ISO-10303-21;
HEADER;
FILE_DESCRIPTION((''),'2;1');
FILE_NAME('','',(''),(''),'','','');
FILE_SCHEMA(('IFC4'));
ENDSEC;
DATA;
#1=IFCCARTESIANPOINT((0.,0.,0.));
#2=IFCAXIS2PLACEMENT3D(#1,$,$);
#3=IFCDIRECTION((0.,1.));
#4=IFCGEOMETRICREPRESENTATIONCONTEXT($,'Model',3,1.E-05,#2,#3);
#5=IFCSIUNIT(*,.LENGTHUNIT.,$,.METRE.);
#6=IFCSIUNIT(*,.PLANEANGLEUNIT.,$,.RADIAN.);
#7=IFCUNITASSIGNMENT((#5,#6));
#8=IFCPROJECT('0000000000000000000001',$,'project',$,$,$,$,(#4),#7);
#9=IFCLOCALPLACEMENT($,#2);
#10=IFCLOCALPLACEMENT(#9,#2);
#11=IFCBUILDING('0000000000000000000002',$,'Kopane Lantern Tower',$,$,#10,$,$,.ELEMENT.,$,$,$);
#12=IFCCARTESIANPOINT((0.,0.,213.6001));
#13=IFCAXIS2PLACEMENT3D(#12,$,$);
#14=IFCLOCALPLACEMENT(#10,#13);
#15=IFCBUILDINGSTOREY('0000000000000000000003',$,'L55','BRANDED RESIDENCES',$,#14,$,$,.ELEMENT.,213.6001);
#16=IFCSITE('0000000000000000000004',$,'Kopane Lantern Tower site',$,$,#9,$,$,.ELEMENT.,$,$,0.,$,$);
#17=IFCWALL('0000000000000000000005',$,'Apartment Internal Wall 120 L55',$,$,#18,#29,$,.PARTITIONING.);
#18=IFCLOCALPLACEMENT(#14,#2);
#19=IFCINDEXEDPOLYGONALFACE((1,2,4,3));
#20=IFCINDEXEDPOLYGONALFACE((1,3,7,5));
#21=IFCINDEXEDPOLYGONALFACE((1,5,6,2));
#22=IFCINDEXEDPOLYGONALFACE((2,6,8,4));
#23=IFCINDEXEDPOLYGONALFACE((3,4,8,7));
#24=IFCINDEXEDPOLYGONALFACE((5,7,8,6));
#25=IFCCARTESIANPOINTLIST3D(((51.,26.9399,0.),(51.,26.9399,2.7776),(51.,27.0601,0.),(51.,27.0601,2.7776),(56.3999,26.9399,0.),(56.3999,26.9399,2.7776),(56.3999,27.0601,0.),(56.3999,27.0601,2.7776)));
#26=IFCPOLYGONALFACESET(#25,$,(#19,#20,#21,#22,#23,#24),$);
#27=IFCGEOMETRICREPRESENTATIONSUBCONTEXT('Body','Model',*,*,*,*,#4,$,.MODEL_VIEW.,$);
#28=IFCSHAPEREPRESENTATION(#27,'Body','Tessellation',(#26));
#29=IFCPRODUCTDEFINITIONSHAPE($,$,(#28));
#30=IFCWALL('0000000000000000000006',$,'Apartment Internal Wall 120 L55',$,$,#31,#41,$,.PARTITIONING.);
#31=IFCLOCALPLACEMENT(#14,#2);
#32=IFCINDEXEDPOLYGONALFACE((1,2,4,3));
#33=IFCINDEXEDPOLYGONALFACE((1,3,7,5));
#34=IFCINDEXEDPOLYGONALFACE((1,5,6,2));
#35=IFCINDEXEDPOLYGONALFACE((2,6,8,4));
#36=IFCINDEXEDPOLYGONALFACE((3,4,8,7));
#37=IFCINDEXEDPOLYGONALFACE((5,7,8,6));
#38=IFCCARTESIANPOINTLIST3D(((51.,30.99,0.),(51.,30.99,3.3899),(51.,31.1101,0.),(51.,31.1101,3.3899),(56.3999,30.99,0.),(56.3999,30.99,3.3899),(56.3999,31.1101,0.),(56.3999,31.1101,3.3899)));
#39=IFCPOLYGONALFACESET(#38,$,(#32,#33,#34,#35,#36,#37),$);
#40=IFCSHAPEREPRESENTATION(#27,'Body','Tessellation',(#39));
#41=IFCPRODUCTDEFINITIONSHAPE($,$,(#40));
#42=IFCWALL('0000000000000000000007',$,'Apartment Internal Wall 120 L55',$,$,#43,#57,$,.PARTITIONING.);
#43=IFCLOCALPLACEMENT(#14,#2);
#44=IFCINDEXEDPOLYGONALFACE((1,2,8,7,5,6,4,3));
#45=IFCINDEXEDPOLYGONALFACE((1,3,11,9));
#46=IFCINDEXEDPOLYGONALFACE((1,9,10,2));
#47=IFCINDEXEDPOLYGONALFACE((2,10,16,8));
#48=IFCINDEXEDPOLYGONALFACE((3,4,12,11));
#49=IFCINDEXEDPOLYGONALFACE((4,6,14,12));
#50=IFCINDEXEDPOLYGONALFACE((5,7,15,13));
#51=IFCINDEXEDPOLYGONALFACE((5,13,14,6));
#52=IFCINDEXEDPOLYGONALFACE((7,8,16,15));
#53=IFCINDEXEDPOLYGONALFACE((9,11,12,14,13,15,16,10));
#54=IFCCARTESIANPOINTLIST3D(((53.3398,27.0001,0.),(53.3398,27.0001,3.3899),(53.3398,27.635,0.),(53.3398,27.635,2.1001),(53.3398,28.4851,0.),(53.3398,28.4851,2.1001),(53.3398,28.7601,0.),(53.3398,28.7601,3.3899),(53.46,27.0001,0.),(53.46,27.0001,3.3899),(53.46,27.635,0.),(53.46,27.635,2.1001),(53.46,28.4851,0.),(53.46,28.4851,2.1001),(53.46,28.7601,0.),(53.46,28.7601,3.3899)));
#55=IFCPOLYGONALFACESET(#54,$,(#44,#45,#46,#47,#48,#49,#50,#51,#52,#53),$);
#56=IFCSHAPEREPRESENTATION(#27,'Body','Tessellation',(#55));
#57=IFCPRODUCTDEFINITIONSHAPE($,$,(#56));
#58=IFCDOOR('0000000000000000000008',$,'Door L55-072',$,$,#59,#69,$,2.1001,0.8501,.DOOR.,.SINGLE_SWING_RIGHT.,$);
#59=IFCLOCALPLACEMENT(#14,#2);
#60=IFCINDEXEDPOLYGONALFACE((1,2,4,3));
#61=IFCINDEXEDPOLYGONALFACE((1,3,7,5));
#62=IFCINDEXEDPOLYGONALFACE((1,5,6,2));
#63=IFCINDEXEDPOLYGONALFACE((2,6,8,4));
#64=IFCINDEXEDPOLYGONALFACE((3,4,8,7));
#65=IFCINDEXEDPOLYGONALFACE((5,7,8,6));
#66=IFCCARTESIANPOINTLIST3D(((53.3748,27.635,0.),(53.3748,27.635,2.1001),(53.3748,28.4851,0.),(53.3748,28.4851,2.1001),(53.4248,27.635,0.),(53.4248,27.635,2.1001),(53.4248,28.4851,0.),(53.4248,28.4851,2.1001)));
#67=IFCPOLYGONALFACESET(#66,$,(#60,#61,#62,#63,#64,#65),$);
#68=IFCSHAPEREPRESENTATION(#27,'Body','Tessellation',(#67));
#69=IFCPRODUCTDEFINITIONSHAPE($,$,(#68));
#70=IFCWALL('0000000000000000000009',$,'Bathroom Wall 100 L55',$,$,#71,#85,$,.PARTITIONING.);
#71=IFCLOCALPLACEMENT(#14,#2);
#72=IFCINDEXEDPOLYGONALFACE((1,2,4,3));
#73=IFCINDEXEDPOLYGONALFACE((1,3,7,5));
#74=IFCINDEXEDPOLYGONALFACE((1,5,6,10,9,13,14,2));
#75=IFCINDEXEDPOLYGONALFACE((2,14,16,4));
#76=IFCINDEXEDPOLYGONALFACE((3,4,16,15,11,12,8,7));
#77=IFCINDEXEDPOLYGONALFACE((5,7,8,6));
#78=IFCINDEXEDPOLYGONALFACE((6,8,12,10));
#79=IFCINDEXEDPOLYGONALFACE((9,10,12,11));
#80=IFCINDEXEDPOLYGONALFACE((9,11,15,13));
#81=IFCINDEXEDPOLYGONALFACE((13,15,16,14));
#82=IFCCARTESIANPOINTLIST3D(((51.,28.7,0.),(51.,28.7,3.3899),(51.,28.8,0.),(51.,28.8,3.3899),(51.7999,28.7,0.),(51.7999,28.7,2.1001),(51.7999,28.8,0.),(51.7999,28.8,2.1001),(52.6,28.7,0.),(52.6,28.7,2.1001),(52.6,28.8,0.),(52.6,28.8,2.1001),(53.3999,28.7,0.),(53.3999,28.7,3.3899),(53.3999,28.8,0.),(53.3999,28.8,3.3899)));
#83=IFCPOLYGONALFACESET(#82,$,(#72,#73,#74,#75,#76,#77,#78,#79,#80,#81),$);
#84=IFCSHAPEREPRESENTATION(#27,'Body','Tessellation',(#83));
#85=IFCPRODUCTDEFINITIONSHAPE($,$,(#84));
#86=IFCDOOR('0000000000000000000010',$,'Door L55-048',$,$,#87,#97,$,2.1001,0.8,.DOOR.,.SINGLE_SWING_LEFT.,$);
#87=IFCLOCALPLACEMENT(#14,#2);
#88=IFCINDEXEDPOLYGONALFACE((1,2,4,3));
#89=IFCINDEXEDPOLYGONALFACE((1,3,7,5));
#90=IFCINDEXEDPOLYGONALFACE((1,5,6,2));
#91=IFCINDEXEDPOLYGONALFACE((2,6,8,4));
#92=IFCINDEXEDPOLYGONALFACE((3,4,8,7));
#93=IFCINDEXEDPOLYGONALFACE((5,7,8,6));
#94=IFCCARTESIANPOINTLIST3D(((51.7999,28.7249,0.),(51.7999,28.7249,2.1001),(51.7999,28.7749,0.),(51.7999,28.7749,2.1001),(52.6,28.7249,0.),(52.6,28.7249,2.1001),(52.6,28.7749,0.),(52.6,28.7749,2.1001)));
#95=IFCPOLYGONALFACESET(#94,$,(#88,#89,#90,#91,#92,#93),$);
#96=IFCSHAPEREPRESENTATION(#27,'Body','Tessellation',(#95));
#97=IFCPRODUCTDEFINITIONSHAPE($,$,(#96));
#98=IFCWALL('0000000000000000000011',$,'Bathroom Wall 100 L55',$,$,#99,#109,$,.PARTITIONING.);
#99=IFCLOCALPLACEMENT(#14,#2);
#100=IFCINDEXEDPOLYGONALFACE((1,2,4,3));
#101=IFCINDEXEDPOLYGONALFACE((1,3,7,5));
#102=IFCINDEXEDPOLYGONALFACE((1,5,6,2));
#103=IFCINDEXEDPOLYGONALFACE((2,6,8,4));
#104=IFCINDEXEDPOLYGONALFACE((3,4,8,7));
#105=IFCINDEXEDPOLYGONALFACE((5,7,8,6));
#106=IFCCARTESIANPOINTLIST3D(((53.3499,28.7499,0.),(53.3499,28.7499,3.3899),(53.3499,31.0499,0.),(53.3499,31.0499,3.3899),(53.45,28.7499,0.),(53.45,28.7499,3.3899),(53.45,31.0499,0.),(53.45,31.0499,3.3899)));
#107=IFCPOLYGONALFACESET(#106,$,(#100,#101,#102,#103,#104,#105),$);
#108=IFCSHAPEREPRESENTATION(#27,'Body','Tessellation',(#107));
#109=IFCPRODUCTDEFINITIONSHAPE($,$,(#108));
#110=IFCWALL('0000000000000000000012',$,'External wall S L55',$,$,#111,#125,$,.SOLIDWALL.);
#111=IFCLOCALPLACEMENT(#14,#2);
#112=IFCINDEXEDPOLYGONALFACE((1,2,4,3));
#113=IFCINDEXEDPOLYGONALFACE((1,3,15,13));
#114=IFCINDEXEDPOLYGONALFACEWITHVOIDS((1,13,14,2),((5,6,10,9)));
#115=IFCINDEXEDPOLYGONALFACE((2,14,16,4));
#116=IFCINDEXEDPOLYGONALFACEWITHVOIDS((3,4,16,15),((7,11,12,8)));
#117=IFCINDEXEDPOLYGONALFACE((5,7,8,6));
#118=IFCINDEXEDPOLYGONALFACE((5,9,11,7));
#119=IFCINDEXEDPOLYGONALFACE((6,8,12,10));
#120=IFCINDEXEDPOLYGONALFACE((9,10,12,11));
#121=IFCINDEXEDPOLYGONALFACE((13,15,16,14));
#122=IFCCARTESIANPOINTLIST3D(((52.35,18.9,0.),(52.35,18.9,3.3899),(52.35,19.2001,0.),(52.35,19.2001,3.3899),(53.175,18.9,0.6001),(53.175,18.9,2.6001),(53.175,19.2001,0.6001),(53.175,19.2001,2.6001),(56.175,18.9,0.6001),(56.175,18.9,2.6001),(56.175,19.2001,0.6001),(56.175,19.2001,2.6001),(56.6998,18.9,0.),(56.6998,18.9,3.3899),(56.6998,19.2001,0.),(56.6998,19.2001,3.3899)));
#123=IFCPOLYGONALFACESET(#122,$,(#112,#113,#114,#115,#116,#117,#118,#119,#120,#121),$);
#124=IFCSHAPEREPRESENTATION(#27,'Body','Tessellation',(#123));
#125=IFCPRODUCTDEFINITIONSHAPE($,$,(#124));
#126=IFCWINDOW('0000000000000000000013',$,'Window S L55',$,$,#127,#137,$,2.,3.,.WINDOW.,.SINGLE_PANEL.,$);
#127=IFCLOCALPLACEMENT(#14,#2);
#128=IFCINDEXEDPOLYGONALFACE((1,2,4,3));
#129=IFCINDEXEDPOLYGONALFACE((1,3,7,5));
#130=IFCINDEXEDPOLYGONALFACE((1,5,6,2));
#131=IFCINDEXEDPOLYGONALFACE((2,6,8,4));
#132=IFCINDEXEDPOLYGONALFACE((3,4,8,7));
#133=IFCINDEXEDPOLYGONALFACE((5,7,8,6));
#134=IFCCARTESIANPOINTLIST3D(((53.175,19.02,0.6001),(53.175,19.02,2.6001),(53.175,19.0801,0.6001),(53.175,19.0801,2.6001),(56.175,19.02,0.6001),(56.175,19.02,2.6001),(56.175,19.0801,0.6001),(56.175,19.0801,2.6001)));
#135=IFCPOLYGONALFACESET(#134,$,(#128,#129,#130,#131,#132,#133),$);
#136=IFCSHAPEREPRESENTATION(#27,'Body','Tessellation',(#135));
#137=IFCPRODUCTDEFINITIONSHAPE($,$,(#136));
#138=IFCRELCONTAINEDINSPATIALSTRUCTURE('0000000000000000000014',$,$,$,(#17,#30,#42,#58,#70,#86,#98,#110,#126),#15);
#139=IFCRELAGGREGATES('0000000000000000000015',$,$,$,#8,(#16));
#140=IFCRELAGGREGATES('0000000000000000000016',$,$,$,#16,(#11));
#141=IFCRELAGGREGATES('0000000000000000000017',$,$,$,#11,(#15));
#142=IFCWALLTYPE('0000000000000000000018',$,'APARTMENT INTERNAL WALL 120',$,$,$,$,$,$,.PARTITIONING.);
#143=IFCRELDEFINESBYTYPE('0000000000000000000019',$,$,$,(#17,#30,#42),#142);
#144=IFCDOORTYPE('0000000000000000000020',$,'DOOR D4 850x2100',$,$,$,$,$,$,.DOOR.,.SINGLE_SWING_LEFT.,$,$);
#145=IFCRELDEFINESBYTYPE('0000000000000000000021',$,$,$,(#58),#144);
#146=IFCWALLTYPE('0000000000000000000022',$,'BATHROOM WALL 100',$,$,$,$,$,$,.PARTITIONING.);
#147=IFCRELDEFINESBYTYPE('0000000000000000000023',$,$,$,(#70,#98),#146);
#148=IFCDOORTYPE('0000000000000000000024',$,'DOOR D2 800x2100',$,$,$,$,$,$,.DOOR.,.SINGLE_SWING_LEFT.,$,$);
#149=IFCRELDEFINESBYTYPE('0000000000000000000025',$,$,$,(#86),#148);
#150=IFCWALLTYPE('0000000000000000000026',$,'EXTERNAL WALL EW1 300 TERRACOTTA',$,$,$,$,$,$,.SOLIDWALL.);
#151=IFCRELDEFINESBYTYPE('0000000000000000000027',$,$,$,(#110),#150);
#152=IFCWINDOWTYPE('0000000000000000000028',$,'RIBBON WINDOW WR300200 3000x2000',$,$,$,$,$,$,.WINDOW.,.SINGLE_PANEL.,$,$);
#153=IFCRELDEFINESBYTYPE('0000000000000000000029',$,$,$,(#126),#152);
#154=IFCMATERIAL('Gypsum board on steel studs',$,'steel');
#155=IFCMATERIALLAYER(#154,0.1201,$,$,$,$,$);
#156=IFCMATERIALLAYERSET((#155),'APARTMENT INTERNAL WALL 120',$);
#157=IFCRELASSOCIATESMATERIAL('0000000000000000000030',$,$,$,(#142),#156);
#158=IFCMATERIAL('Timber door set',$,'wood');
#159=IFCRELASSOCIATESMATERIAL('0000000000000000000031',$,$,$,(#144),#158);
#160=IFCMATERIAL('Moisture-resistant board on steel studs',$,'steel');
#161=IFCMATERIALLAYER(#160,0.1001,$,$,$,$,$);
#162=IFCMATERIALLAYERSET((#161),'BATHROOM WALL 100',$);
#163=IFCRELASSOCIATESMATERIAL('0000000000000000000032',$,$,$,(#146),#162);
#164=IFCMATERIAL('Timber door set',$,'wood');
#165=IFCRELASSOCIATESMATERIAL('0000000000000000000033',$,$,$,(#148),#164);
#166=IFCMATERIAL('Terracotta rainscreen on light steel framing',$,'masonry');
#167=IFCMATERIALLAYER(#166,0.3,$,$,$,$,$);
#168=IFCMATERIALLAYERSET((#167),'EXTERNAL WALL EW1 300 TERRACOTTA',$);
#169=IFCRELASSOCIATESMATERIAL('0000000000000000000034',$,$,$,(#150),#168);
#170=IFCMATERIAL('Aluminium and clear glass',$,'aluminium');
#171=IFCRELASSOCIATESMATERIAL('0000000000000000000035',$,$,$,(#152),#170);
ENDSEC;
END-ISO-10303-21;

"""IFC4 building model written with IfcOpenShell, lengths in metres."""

from ifc_helpers import new_model, si_unit, direction, frame, frame_2d, origin, place, context, subcontext, project, spatial, rectangle, extrude, material, layer, layer_set, type_object, element, fill, save


model = new_model("IFC4")

# Units and contexts
model_context = context("Model", 3, precision=1e-05, world=origin(), true_north=direction((0.0, 1.0)))
body_context = subcontext(model_context, "Body", "Model", "MODEL_VIEW")
ifc_project = project(units=[si_unit("LENGTHUNIT", "METRE"), si_unit("PLANEANGLEUNIT", "RADIAN")], contexts=[model_context])

# Site, building, storey
site_placement = place(None, origin())
site = spatial("IfcSite", under=ifc_project, at=site_placement, Name="Kopane Lantern Tower site", CompositionType="ELEMENT", RefElevation=0.0)
building_placement = place(site_placement, origin())
building = spatial("IfcBuilding", under=site, at=building_placement, Name="Kopane Lantern Tower", CompositionType="ELEMENT")
storey_placement = place(building_placement, frame((0.0, 0.0, 213.6001)))
storey = spatial("IfcBuildingStorey", under=building, at=storey_placement, Name="L55", Description="BRANDED RESIDENCES", CompositionType="ELEMENT", Elevation=213.6001)

# Walls
ifc_material_1 = material(Name="Gypsum board on steel studs", Category="steel")
ifc_layer_1 = layer(ifc_material_1, 0.1201)
ifc_layer_set_1 = layer_set([ifc_layer_1], Name="APARTMENT INTERNAL WALL 120")
wall_type_1 = type_object("IfcWallType", Name="APARTMENT INTERNAL WALL 120", PredefinedType="PARTITIONING", material=ifc_layer_set_1)
wall_1_placement = place(storey_placement, frame((51.0, 27.0, 0.0), z_axis=(0.0, 0.0, 1.0), x_axis=(1.0, 0.0, 0.0)))
element("IfcWall", 1, at=wall_1_placement, inside=storey, type_object=wall_type_1, Name="Apartment Internal Wall 120 L55", PredefinedType="PARTITIONING", context=body_context, shape_type="SweptSolid", body=[
    extrude(rectangle(XDim=5.3999, YDim=0.1201, at=frame_2d((2.7, 0.0))), origin(), (0.0, 0.0, 1.0), 2.7776),
])
wall_2_placement = place(storey_placement, frame((51.0, 31.05, 0.0), z_axis=(0.0, 0.0, 1.0), x_axis=(1.0, 0.0, 0.0)))
element("IfcWall", 2, at=wall_2_placement, inside=storey, type_object=wall_type_1, Name="Apartment Internal Wall 120 L55", PredefinedType="PARTITIONING", context=body_context, shape_type="SweptSolid", body=[
    extrude(rectangle(XDim=5.3999, YDim=0.1201, at=frame_2d((2.7, 0.0))), origin(), (0.0, 0.0, 1.0), 3.3899),
])

# Walls, openings, doors
wall_3_placement = place(storey_placement, frame((53.3999, 28.76, 0.0), z_axis=(0.0, 0.0, 1.0), x_axis=(0.0, -1.0, 0.0)))
wall_3 = element("IfcWall", 3, at=wall_3_placement, inside=storey, type_object=wall_type_1, Name="Apartment Internal Wall 120 L55", PredefinedType="PARTITIONING", context=body_context, shape_type="SweptSolid", body=[
    extrude(rectangle(XDim=1.76, YDim=0.1201, at=frame_2d((0.8799, 0.0))), origin(), (0.0, 0.0, 1.0), 3.3899),
])
opening_1_placement = place(wall_3_placement, frame((0.2749, 0.0, 0.0)))
opening_1 = element("IfcOpeningElement", 4, at=opening_1_placement, cuts=wall_3, PredefinedType="OPENING", context=body_context, shape_type="SweptSolid", body=[
    extrude(rectangle(XDim=0.8501, YDim=2.1001, at=frame_2d((0.425, 1.05))), frame((0.0, 0.0701, 0.0), z_axis=(0.0, -1.0, 0.0), x_axis=(1.0, 0.0, 0.0)), (0.0, 0.0, 1.0), 0.1401),
])
ifc_material_2 = material(Name="Timber door set", Category="wood")
door_type_1 = type_object("IfcDoorType", Name="DOOR D4 850x2100", OperationType="SINGLE_SWING_LEFT", PredefinedType="DOOR", material=ifc_material_2)
door_1_placement = place(opening_1_placement, origin())
door_1 = element("IfcDoor", 5, at=door_1_placement, inside=storey, type_object=door_type_1, Name="Door L55-072", OperationType="SINGLE_SWING_RIGHT", OverallHeight=2.1001, OverallWidth=0.8501, PredefinedType="DOOR", context=body_context, shape_type="SweptSolid", body=[
    extrude(rectangle(XDim=0.8501, YDim=2.1001, at=frame_2d((0.425, 1.05))), frame((0.0, 0.0249, 0.0), z_axis=(0.0, -1.0, 0.0), x_axis=(1.0, 0.0, 0.0)), (0.0, 0.0, 1.0), 0.05),
])
fill(opening_1, door_1)
ifc_material_3 = material(Name="Moisture-resistant board on steel studs", Category="steel")
ifc_layer_2 = layer(ifc_material_3, 0.1001)
ifc_layer_set_2 = layer_set([ifc_layer_2], Name="BATHROOM WALL 100")
wall_type_2 = type_object("IfcWallType", Name="BATHROOM WALL 100", PredefinedType="PARTITIONING", material=ifc_layer_set_2)
wall_4_placement = place(storey_placement, frame((51.0, 28.75, 0.0), z_axis=(0.0, 0.0, 1.0), x_axis=(1.0, 0.0, 0.0)))
wall_4 = element("IfcWall", 6, at=wall_4_placement, inside=storey, type_object=wall_type_2, Name="Bathroom Wall 100 L55", PredefinedType="PARTITIONING", context=body_context, shape_type="SweptSolid", body=[
    extrude(rectangle(XDim=2.3999, YDim=0.1001, at=frame_2d((1.2, 0.0))), origin(), (0.0, 0.0, 1.0), 3.3899),
])
opening_2_placement = place(wall_4_placement, frame((0.8, 0.0, 0.0)))
opening_2 = element("IfcOpeningElement", 7, at=opening_2_placement, cuts=wall_4, PredefinedType="OPENING", context=body_context, shape_type="SweptSolid", body=[
    extrude(rectangle(XDim=0.8, YDim=2.1001, at=frame_2d((0.3999, 1.05))), frame((0.0, 0.0601, 0.0), z_axis=(0.0, -1.0, 0.0), x_axis=(1.0, 0.0, 0.0)), (0.0, 0.0, 1.0), 0.1201),
])
ifc_material_4 = material(Name="Timber door set", Category="wood")
door_type_2 = type_object("IfcDoorType", Name="DOOR D2 800x2100", OperationType="SINGLE_SWING_LEFT", PredefinedType="DOOR", material=ifc_material_4)
door_2_placement = place(opening_2_placement, origin())
door_2 = element("IfcDoor", 8, at=door_2_placement, inside=storey, type_object=door_type_2, Name="Door L55-048", OperationType="SINGLE_SWING_LEFT", OverallHeight=2.1001, OverallWidth=0.8, PredefinedType="DOOR", context=body_context, shape_type="SweptSolid", body=[
    extrude(rectangle(XDim=0.8, YDim=2.1001, at=frame_2d((0.3999, 1.05))), frame((0.0, 0.0249, 0.0), z_axis=(0.0, -1.0, 0.0), x_axis=(1.0, 0.0, 0.0)), (0.0, 0.0, 1.0), 0.05),
])
fill(opening_2, door_2)

# Wall
wall_5_placement = place(storey_placement, frame((53.3999, 28.75, 0.0), z_axis=(0.0, 0.0, 1.0), x_axis=(0.0, 1.0, 0.0)))
element("IfcWall", 9, at=wall_5_placement, inside=storey, type_object=wall_type_2, Name="Bathroom Wall 100 L55", PredefinedType="PARTITIONING", context=body_context, shape_type="SweptSolid", body=[
    extrude(rectangle(XDim=2.3, YDim=0.1001, at=frame_2d((1.1499, 0.0))), origin(), (0.0, 0.0, 1.0), 3.3899),
])

# Wall, opening, window
ifc_material_5 = material(Name="Terracotta rainscreen on light steel framing", Category="masonry")
ifc_layer_3 = layer(ifc_material_5, 0.3)
ifc_layer_set_3 = layer_set([ifc_layer_3], Name="EXTERNAL WALL EW1 300 TERRACOTTA")
wall_type_3 = type_object("IfcWallType", Name="EXTERNAL WALL EW1 300 TERRACOTTA", PredefinedType="SOLIDWALL", material=ifc_layer_set_3)
wall_6_placement = place(storey_placement, frame((52.3501, 19.05, 0.0), z_axis=(0.0, 0.0, 1.0), x_axis=(1.0, 0.0, 0.0)))
wall_6 = element("IfcWall", 10, at=wall_6_placement, inside=storey, type_object=wall_type_3, Name="External wall S L55", PredefinedType="SOLIDWALL", context=body_context, shape_type="SweptSolid", body=[
    extrude(rectangle(XDim=4.3499, YDim=0.3, at=frame_2d((2.1748, 0.0))), origin(), (0.0, 0.0, 1.0), 3.3899),
])
opening_3_placement = place(wall_6_placement, frame((0.825, 0.0, 0.6001)))
opening_3 = element("IfcOpeningElement", 11, at=opening_3_placement, cuts=wall_6, PredefinedType="OPENING", context=body_context, shape_type="SweptSolid", body=[
    extrude(rectangle(XDim=3.0, YDim=2.0, at=frame_2d((1.5, 1.0))), frame((0.0, 0.1599, 0.0), z_axis=(0.0, -1.0, 0.0), x_axis=(1.0, 0.0, 0.0)), (0.0, 0.0, 1.0), 0.3201),
])
ifc_material_6 = material(Name="Aluminium and clear glass", Category="aluminium")
window_type_1 = type_object("IfcWindowType", Name="RIBBON WINDOW WR300200 3000x2000", PartitioningType="SINGLE_PANEL", PredefinedType="WINDOW", material=ifc_material_6)
window_1_placement = place(opening_3_placement, origin())
window_1 = element("IfcWindow", 12, at=window_1_placement, inside=storey, type_object=window_type_1, Name="Window S L55", OverallHeight=2.0, OverallWidth=3.0, PartitioningType="SINGLE_PANEL", PredefinedType="WINDOW", context=body_context, shape_type="SweptSolid", body=[
    extrude(rectangle(XDim=3.0, YDim=2.0, at=frame_2d((1.5, 1.0))), frame((0.0, 0.03, 0.0), z_axis=(0.0, -1.0, 0.0), x_axis=(1.0, 0.0, 0.0)), (0.0, 0.0, 1.0), 0.0601),
])
fill(opening_3, window_1)

save(model, "model.ifc")
